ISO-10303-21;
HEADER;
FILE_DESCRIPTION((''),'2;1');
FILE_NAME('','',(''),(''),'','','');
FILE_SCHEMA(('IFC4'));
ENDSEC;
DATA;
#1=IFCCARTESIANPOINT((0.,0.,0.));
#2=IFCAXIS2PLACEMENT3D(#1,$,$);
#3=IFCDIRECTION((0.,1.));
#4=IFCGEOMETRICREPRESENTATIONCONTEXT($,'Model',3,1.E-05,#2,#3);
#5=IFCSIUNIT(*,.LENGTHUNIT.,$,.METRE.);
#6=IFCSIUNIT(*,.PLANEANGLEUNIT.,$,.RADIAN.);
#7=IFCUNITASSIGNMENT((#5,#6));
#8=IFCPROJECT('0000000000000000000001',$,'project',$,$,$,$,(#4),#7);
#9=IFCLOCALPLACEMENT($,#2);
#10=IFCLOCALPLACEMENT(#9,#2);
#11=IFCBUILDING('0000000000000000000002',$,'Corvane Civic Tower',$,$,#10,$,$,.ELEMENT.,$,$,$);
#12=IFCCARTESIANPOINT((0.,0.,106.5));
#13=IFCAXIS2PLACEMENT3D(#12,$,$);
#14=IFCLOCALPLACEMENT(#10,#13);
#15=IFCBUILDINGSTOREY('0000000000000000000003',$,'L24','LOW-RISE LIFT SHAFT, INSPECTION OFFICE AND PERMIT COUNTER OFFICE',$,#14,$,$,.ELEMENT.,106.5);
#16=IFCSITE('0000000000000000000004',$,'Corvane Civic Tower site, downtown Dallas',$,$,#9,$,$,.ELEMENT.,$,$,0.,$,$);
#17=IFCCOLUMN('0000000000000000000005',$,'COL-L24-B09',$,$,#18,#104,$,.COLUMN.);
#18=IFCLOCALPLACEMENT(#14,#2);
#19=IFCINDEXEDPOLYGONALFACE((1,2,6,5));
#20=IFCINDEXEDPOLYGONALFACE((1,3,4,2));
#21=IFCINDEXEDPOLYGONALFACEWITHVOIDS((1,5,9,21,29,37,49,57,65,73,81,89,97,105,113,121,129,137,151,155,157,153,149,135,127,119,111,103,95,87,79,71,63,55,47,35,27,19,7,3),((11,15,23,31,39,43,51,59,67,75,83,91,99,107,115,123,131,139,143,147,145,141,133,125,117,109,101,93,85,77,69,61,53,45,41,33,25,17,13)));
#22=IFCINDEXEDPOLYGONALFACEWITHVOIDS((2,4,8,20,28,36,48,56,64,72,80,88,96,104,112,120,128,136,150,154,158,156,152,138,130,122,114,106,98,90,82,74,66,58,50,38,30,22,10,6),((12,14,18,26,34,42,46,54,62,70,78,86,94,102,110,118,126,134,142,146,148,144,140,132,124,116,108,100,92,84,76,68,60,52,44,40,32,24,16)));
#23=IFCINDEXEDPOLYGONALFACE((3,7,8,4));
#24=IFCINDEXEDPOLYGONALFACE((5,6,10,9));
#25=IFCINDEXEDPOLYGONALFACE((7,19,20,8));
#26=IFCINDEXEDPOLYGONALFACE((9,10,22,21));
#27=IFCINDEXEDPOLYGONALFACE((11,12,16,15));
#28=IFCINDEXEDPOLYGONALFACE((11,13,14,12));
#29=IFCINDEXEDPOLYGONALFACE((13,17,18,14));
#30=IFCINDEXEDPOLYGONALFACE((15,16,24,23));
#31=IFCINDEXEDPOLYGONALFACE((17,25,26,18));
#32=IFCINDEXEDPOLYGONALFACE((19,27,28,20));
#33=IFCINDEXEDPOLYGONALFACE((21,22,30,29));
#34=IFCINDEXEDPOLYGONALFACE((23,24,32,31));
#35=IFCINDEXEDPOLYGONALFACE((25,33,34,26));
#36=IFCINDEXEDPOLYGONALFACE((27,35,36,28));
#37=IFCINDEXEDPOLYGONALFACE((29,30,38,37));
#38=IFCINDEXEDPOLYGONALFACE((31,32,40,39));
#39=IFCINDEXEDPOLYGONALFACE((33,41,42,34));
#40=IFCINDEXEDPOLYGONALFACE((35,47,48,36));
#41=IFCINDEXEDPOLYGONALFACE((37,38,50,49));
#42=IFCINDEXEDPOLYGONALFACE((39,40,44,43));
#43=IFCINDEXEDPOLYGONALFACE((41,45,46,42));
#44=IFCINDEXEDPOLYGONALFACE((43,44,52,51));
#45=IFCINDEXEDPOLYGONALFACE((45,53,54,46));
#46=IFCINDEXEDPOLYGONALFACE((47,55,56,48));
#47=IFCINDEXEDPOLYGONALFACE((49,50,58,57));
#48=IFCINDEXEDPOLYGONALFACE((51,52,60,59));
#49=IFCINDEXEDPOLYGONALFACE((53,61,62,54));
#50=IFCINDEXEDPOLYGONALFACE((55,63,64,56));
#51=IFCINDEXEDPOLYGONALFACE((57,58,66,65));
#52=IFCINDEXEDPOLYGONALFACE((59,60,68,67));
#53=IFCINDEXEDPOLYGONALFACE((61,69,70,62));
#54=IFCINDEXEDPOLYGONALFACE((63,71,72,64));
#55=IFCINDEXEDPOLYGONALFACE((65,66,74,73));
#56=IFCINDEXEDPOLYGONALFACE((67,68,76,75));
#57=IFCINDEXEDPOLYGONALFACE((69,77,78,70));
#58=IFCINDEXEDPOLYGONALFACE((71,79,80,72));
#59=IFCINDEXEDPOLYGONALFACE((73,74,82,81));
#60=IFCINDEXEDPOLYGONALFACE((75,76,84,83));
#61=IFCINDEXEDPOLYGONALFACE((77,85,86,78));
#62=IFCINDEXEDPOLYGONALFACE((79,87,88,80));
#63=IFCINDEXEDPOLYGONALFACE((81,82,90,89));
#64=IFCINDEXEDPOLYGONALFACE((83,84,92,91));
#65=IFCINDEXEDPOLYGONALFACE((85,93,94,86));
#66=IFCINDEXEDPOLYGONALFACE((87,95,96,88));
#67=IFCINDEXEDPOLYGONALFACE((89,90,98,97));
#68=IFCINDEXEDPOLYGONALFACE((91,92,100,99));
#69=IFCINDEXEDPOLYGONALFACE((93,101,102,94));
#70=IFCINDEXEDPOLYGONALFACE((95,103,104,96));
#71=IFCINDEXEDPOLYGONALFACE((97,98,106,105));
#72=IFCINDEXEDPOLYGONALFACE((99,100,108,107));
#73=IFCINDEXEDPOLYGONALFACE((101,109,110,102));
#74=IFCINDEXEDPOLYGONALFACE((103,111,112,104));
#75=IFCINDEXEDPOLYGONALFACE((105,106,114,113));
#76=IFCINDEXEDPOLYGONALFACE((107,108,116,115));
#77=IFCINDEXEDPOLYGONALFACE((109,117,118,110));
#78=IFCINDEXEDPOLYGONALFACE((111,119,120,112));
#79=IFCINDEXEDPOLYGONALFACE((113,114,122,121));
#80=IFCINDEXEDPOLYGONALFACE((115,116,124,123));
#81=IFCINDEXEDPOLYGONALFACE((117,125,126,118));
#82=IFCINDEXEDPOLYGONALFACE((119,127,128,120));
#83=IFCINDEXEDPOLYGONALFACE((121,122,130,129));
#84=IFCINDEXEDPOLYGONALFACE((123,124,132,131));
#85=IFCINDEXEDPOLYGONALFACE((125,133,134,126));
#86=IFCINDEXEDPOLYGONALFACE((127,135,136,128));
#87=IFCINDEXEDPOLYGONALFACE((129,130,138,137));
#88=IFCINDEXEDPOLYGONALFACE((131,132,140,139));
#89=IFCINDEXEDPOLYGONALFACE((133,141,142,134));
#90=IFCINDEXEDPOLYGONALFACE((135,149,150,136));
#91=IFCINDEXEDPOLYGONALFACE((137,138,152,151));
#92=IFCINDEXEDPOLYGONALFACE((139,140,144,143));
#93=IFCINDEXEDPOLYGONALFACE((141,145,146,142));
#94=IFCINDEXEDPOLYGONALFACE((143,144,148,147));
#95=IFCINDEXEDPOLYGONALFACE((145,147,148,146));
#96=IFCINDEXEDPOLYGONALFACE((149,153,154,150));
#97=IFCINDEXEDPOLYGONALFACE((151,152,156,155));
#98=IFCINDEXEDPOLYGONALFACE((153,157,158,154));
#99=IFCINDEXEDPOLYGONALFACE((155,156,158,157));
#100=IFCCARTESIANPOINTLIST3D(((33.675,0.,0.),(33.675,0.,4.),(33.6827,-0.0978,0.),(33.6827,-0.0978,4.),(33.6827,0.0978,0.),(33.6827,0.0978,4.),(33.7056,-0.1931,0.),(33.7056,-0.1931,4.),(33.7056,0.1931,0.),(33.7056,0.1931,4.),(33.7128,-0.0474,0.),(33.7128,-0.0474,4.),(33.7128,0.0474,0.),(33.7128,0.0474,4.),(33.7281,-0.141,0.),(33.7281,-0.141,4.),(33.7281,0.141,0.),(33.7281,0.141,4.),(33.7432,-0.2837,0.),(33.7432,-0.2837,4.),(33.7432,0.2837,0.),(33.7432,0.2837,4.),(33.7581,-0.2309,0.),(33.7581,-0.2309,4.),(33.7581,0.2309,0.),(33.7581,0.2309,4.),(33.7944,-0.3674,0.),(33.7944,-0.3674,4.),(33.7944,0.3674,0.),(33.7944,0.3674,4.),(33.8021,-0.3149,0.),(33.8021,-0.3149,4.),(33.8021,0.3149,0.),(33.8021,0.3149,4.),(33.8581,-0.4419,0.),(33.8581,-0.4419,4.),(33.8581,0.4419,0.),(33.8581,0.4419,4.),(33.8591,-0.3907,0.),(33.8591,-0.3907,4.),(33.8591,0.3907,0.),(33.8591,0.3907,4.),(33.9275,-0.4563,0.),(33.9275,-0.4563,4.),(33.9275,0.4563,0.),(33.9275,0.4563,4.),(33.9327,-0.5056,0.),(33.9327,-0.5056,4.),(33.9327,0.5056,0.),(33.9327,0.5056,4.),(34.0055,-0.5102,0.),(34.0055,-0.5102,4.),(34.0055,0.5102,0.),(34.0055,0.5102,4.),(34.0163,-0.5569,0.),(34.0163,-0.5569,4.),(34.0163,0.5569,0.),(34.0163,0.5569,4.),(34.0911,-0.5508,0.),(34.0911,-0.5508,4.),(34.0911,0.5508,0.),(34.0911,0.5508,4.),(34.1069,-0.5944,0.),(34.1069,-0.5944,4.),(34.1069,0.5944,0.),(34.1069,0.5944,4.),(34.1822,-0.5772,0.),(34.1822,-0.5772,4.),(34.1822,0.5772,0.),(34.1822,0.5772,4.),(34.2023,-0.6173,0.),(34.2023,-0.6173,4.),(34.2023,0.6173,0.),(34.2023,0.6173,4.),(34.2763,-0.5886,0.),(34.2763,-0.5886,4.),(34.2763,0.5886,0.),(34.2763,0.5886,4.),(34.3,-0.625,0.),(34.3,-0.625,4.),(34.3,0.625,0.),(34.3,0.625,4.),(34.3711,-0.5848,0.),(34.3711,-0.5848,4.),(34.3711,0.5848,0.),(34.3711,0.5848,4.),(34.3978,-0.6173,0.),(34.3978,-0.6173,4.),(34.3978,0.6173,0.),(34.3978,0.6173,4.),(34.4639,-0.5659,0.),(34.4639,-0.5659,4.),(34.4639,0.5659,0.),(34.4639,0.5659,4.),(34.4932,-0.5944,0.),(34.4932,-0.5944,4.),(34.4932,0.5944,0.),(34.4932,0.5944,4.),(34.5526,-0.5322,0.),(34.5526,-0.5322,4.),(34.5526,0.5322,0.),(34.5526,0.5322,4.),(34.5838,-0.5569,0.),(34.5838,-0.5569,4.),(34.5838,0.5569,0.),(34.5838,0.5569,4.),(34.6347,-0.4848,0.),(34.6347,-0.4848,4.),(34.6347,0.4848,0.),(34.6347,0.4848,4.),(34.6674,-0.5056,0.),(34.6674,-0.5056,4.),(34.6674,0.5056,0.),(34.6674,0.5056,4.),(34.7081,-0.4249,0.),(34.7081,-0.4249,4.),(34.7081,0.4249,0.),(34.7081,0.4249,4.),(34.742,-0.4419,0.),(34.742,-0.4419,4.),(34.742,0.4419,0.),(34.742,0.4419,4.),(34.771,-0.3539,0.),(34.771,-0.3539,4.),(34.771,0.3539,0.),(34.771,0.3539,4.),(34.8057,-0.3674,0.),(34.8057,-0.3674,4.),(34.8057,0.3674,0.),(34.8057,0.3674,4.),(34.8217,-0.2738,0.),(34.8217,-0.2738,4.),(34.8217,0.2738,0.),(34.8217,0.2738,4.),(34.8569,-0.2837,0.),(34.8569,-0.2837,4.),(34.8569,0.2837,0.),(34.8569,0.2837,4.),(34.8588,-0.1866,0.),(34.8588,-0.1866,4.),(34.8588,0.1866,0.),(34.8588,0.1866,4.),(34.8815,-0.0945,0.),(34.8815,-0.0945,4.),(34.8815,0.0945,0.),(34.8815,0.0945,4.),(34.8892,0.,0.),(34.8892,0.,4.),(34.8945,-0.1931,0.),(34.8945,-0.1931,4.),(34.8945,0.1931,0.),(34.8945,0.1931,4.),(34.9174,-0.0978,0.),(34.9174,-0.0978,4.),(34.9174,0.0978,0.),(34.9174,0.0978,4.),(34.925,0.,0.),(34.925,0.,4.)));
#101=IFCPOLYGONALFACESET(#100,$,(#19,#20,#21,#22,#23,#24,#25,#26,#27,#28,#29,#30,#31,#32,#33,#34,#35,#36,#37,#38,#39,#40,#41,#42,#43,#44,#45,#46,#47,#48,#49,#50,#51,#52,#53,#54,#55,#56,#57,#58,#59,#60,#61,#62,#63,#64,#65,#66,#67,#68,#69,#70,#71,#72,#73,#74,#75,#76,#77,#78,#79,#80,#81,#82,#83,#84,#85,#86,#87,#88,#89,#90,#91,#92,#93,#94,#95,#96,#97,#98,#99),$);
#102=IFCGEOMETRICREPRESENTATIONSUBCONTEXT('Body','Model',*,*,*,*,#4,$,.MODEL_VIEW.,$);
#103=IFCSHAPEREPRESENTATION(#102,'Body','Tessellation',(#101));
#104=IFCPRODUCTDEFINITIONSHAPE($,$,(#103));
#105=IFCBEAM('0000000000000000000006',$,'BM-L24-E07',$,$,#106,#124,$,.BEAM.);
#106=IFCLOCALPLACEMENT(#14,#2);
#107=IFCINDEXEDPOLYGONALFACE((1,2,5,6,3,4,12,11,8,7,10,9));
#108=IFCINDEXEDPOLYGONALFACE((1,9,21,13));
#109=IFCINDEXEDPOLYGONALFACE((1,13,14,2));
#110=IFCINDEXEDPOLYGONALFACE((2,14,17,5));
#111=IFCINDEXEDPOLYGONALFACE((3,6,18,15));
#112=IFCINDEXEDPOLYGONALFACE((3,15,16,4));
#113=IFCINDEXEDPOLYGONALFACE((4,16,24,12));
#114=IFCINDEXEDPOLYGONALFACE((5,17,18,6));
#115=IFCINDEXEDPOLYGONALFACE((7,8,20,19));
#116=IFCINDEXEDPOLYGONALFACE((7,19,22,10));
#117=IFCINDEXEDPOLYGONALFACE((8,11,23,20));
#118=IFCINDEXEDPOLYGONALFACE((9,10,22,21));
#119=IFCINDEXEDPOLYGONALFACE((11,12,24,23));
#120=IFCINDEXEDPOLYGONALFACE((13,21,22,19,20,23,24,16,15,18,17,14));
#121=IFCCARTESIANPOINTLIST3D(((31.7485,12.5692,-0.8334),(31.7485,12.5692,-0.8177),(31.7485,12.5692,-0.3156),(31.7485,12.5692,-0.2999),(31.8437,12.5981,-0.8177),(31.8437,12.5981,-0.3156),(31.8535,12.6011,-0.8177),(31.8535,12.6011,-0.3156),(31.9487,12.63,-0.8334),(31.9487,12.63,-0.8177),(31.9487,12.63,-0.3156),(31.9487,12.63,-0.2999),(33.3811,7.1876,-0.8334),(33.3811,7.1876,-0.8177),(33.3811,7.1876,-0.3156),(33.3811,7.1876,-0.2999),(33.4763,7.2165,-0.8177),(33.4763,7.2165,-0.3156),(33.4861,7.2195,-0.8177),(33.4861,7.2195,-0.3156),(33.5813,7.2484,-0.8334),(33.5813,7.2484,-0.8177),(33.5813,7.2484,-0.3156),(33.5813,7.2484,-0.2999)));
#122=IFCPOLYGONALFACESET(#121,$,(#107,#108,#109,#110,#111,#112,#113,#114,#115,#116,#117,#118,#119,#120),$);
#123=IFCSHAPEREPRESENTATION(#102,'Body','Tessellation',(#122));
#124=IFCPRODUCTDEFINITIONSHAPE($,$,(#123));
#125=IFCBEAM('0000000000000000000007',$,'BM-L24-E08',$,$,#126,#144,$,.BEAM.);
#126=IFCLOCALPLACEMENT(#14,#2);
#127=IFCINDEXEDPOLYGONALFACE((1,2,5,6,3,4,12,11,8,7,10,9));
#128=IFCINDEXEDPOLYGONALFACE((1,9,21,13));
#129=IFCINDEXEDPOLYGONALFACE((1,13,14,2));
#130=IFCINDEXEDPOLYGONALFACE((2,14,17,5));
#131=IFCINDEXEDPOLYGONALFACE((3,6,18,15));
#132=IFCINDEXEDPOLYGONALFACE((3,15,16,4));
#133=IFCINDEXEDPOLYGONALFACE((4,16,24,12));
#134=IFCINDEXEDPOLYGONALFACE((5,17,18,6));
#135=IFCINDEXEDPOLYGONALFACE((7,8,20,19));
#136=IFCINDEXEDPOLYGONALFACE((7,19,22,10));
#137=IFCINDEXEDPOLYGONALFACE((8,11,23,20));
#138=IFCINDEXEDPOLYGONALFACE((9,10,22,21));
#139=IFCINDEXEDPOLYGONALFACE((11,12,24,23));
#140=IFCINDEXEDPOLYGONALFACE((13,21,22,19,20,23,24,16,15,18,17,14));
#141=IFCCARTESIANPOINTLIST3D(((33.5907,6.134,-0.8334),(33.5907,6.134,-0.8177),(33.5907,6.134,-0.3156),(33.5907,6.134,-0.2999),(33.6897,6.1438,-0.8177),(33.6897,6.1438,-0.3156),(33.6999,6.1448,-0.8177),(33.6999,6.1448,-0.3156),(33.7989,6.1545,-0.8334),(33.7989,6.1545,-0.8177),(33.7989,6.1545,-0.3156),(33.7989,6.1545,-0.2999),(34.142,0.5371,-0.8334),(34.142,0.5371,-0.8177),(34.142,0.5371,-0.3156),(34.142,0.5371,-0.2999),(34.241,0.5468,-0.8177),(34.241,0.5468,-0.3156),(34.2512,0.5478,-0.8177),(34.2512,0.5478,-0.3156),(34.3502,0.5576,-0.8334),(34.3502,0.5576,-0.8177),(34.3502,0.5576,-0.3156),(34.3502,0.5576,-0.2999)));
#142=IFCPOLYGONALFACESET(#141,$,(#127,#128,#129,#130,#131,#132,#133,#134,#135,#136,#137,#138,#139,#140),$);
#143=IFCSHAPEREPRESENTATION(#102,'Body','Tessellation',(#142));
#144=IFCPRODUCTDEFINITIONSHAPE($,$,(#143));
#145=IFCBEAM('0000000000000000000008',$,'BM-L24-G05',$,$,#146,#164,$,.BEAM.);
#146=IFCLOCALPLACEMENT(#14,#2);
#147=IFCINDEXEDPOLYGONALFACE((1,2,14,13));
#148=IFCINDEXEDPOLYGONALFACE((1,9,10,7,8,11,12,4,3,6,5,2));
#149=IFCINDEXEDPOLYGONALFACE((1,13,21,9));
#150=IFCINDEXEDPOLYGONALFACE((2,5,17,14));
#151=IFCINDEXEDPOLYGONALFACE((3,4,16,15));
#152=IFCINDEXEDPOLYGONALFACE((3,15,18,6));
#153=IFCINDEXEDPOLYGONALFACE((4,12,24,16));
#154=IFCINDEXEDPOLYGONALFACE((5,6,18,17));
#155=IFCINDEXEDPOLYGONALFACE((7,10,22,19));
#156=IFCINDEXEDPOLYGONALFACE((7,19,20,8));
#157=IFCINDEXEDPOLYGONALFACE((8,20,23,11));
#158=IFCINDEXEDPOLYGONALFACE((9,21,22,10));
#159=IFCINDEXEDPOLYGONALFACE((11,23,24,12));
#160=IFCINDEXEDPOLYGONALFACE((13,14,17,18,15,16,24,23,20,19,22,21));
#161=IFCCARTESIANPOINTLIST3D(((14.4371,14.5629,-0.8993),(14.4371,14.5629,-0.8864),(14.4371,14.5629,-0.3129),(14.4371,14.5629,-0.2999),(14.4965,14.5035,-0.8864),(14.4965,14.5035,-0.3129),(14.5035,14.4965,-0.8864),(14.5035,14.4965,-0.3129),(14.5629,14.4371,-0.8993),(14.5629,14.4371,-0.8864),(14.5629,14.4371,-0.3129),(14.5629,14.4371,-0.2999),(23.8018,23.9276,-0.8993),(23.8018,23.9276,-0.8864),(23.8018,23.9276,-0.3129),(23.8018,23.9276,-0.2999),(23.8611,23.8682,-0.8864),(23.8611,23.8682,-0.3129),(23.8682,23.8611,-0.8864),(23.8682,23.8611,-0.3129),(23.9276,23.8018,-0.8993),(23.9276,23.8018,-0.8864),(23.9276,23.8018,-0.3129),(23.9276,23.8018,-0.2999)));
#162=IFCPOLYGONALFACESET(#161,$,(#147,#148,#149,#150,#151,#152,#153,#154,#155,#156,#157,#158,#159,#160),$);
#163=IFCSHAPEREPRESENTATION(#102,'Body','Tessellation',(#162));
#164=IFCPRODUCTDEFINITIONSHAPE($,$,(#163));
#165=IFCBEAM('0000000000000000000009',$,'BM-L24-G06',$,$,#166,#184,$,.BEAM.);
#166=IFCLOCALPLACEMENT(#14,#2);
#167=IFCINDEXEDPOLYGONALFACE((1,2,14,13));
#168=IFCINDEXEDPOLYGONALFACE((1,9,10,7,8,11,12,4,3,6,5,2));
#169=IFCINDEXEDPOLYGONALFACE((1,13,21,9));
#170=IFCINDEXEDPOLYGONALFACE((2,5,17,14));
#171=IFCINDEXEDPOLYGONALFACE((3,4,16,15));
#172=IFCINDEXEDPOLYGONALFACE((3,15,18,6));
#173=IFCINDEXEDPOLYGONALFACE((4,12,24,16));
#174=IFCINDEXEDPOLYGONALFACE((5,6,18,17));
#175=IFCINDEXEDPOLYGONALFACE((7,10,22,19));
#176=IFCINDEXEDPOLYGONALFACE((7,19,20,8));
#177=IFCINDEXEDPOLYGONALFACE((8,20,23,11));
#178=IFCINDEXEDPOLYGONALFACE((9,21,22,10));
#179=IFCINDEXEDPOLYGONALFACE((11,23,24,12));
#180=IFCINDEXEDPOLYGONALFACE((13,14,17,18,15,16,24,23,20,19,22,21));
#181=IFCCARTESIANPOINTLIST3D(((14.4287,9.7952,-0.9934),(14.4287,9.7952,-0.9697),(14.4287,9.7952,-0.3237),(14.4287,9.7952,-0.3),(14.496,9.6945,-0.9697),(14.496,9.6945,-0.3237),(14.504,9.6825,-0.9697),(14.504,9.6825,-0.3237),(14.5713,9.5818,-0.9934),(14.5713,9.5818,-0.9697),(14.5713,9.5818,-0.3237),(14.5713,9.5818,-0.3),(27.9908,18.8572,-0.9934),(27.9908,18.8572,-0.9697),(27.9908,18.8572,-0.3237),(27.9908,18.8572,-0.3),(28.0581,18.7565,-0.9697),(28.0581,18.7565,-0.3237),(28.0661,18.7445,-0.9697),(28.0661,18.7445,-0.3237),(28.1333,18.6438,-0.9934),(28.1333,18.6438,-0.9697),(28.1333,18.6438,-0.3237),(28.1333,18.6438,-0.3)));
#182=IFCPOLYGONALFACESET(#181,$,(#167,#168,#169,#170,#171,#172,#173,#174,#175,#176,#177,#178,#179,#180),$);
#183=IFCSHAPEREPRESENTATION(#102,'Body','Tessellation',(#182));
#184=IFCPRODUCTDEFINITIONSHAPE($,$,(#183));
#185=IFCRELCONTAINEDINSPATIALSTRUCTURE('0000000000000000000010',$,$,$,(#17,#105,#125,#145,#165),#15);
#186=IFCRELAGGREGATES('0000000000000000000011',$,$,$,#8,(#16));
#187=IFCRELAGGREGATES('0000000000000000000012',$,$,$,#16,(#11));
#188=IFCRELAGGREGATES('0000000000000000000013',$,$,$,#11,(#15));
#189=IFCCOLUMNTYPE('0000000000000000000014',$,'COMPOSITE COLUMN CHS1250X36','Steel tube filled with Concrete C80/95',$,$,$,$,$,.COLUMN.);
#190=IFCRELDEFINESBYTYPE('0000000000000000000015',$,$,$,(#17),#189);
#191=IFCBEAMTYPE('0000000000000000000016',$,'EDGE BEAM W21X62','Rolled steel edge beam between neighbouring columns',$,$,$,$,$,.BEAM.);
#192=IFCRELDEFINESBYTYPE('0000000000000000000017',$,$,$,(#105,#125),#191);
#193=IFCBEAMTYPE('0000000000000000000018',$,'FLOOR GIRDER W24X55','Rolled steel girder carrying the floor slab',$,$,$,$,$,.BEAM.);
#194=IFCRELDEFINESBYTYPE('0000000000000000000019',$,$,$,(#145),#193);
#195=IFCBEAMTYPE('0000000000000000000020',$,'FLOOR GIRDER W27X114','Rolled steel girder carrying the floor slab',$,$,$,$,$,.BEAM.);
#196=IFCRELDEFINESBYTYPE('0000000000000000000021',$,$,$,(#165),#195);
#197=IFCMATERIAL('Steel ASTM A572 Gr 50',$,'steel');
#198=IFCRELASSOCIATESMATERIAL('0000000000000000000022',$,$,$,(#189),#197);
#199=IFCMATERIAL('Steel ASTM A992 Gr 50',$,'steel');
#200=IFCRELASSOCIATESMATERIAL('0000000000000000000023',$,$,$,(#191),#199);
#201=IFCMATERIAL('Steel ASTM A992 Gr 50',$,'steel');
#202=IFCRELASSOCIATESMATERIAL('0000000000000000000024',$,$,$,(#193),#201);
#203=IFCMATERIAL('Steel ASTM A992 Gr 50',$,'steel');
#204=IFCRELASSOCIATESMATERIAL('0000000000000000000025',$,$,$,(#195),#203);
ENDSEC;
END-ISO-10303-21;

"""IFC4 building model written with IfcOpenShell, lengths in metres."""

from ifc_helpers import new_model, si_unit, direction, frame, origin, origin_2d, place, context, subcontext, project, spatial, hollow_circle, i_section, extrude, material, material_profile, profile_set, type_object, element, save


model = new_model("IFC4")

# Units and contexts
model_context = context("Model", 3, precision=1e-05, world=origin(), true_north=direction((0.0, 1.0)))
body_context = subcontext(model_context, "Body", "Model", "MODEL_VIEW")
ifc_project = project(units=[si_unit("LENGTHUNIT", "METRE"), si_unit("PLANEANGLEUNIT", "RADIAN")], contexts=[model_context])

# Site, building, storey
site_placement = place(None, origin())
site = spatial("IfcSite", under=ifc_project, at=site_placement, Name="Corvane Civic Tower site, downtown Dallas", CompositionType="ELEMENT", RefElevation=0.0)
building_placement = place(site_placement, origin())
building = spatial("IfcBuilding", under=site, at=building_placement, Name="Corvane Civic Tower", CompositionType="ELEMENT")
storey_placement = place(building_placement, frame((0.0, 0.0, 106.5)))
storey = spatial("IfcBuildingStorey", under=building, at=storey_placement, Name="L24", Description="LOW-RISE LIFT SHAFT, INSPECTION OFFICE AND PERMIT COUNTER OFFICE", CompositionType="ELEMENT", Elevation=106.5)

# Column
ifc_material_1 = material(Name="Steel ASTM A572 Gr 50", Category="steel")
ifc_material_profile_1 = material_profile(ifc_material_1, hollow_circle(Radius=0.625, WallThickness=0.0359, at=origin_2d()), Name="CHS1250X36")
ifc_profile_set_1 = profile_set([ifc_material_profile_1], Name="Steel ASTM A572 Gr 50")
column_type = type_object("IfcColumnType", Name="COMPOSITE COLUMN CHS1250X36", Description="Steel tube filled with Concrete C80/95", PredefinedType="COLUMN", material=ifc_profile_set_1)
for number, where, z_axis, x_axis, name in (
    (1, (34.3, 0.0, 0.0), (0.0, 0.0, 1.0), (1.0, 0.0, 0.0), "COL-L24-B09"),
):
    element("IfcColumn", number, at=place(storey_placement, frame(where, z_axis=z_axis, x_axis=x_axis)), inside=storey, type_object=column_type, Name=name, PredefinedType="COLUMN", context=body_context, shape_type="SweptSolid", body=[
        extrude(hollow_circle(Radius=0.625, WallThickness=0.0359, at=origin_2d()), origin(), (0.0, 0.0, 1.0), 4.0),
    ])

# Beams
ifc_material_2 = material(Name="Steel ASTM A992 Gr 50", Category="steel")
ifc_material_profile_2 = material_profile(ifc_material_2, i_section(OverallWidth=0.2092, OverallDepth=0.5334, WebThickness=0.0103, FlangeThickness=0.0156, at=origin_2d()), Name="W21X62")
ifc_profile_set_2 = profile_set([ifc_material_profile_2], Name="Steel ASTM A992 Gr 50")
beam_type_1 = type_object("IfcBeamType", Name="EDGE BEAM W21X62", Description="Rolled steel edge beam between neighbouring columns", PredefinedType="BEAM", material=ifc_profile_set_2)
beam_1_placement = place(storey_placement, frame((31.8486, 12.5996, -0.5667), z_axis=(0.290298, -0.956936, 0.0), x_axis=(0.956936, 0.290298, 0.0)))
element("IfcBeam", 2, at=beam_1_placement, inside=storey, type_object=beam_type_1, Name="BM-L24-E07", PredefinedType="BEAM", context=body_context, shape_type="SweptSolid", body=[
    extrude(i_section(OverallWidth=0.2092, OverallDepth=0.5334, WebThickness=0.0103, FlangeThickness=0.0156, at=origin_2d()), origin(), (0.0, 0.0, 1.0), 5.6238),
])
beam_2_placement = place(storey_placement, frame((33.6948, 6.1443, -0.5667), z_axis=(0.098021, -0.995184, 0.0), x_axis=(0.995184, 0.098021, 0.0)))
element("IfcBeam", 3, at=beam_2_placement, inside=storey, type_object=beam_type_1, Name="BM-L24-E08", PredefinedType="BEAM", context=body_context, shape_type="SweptSolid", body=[
    extrude(i_section(OverallWidth=0.2092, OverallDepth=0.5334, WebThickness=0.0103, FlangeThickness=0.0156, at=origin_2d()), origin(), (0.0, 0.0, 1.0), 5.624),
])
ifc_material_3 = material(Name="Steel ASTM A992 Gr 50", Category="steel")
ifc_material_profile_3 = material_profile(ifc_material_3, i_section(OverallWidth=0.178, OverallDepth=0.5994, WebThickness=0.01, FlangeThickness=0.0129, at=origin_2d()), Name="W24X55")
ifc_profile_set_3 = profile_set([ifc_material_profile_3], Name="Steel ASTM A992 Gr 50")
beam_type_2 = type_object("IfcBeamType", Name="FLOOR GIRDER W24X55", Description="Rolled steel girder carrying the floor slab", PredefinedType="BEAM", material=ifc_profile_set_3)
beam_3_placement = place(storey_placement, frame((14.5, 14.5, -0.5996), z_axis=(0.707107, 0.707107, 0.0), x_axis=(-0.707107, 0.707107, 0.0)))
element("IfcBeam", 4, at=beam_3_placement, inside=storey, type_object=beam_type_2, Name="BM-L24-G05", PredefinedType="BEAM", context=body_context, shape_type="SweptSolid", body=[
    extrude(i_section(OverallWidth=0.178, OverallDepth=0.5994, WebThickness=0.01, FlangeThickness=0.0129, at=origin_2d()), origin(), (0.0, 0.0, 1.0), 13.2437),
])
ifc_material_4 = material(Name="Steel ASTM A992 Gr 50", Category="steel")
ifc_material_profile_4 = material_profile(ifc_material_4, i_section(OverallWidth=0.2566, OverallDepth=0.6934, WebThickness=0.0144, FlangeThickness=0.0237, at=origin_2d()), Name="W27X114")
ifc_profile_set_4 = profile_set([ifc_material_profile_4], Name="Steel ASTM A992 Gr 50")
beam_type_3 = type_object("IfcBeamType", Name="FLOOR GIRDER W27X114", Description="Rolled steel girder carrying the floor slab", PredefinedType="BEAM", material=ifc_profile_set_4)
beam_4_placement = place(storey_placement, frame((14.5, 9.6885, -0.6467), z_axis=(0.831465, 0.555577, 0.0), x_axis=(-0.555577, 0.831465, 0.0)))
element("IfcBeam", 5, at=beam_4_placement, inside=storey, type_object=beam_type_3, Name="BM-L24-G06", PredefinedType="BEAM", context=body_context, shape_type="SweptSolid", body=[
    extrude(i_section(OverallWidth=0.2566, OverallDepth=0.6934, WebThickness=0.0144, FlangeThickness=0.0237, at=origin_2d()), origin(), (0.0, 0.0, 1.0), 16.311),
])

save(model, "model.ifc")
